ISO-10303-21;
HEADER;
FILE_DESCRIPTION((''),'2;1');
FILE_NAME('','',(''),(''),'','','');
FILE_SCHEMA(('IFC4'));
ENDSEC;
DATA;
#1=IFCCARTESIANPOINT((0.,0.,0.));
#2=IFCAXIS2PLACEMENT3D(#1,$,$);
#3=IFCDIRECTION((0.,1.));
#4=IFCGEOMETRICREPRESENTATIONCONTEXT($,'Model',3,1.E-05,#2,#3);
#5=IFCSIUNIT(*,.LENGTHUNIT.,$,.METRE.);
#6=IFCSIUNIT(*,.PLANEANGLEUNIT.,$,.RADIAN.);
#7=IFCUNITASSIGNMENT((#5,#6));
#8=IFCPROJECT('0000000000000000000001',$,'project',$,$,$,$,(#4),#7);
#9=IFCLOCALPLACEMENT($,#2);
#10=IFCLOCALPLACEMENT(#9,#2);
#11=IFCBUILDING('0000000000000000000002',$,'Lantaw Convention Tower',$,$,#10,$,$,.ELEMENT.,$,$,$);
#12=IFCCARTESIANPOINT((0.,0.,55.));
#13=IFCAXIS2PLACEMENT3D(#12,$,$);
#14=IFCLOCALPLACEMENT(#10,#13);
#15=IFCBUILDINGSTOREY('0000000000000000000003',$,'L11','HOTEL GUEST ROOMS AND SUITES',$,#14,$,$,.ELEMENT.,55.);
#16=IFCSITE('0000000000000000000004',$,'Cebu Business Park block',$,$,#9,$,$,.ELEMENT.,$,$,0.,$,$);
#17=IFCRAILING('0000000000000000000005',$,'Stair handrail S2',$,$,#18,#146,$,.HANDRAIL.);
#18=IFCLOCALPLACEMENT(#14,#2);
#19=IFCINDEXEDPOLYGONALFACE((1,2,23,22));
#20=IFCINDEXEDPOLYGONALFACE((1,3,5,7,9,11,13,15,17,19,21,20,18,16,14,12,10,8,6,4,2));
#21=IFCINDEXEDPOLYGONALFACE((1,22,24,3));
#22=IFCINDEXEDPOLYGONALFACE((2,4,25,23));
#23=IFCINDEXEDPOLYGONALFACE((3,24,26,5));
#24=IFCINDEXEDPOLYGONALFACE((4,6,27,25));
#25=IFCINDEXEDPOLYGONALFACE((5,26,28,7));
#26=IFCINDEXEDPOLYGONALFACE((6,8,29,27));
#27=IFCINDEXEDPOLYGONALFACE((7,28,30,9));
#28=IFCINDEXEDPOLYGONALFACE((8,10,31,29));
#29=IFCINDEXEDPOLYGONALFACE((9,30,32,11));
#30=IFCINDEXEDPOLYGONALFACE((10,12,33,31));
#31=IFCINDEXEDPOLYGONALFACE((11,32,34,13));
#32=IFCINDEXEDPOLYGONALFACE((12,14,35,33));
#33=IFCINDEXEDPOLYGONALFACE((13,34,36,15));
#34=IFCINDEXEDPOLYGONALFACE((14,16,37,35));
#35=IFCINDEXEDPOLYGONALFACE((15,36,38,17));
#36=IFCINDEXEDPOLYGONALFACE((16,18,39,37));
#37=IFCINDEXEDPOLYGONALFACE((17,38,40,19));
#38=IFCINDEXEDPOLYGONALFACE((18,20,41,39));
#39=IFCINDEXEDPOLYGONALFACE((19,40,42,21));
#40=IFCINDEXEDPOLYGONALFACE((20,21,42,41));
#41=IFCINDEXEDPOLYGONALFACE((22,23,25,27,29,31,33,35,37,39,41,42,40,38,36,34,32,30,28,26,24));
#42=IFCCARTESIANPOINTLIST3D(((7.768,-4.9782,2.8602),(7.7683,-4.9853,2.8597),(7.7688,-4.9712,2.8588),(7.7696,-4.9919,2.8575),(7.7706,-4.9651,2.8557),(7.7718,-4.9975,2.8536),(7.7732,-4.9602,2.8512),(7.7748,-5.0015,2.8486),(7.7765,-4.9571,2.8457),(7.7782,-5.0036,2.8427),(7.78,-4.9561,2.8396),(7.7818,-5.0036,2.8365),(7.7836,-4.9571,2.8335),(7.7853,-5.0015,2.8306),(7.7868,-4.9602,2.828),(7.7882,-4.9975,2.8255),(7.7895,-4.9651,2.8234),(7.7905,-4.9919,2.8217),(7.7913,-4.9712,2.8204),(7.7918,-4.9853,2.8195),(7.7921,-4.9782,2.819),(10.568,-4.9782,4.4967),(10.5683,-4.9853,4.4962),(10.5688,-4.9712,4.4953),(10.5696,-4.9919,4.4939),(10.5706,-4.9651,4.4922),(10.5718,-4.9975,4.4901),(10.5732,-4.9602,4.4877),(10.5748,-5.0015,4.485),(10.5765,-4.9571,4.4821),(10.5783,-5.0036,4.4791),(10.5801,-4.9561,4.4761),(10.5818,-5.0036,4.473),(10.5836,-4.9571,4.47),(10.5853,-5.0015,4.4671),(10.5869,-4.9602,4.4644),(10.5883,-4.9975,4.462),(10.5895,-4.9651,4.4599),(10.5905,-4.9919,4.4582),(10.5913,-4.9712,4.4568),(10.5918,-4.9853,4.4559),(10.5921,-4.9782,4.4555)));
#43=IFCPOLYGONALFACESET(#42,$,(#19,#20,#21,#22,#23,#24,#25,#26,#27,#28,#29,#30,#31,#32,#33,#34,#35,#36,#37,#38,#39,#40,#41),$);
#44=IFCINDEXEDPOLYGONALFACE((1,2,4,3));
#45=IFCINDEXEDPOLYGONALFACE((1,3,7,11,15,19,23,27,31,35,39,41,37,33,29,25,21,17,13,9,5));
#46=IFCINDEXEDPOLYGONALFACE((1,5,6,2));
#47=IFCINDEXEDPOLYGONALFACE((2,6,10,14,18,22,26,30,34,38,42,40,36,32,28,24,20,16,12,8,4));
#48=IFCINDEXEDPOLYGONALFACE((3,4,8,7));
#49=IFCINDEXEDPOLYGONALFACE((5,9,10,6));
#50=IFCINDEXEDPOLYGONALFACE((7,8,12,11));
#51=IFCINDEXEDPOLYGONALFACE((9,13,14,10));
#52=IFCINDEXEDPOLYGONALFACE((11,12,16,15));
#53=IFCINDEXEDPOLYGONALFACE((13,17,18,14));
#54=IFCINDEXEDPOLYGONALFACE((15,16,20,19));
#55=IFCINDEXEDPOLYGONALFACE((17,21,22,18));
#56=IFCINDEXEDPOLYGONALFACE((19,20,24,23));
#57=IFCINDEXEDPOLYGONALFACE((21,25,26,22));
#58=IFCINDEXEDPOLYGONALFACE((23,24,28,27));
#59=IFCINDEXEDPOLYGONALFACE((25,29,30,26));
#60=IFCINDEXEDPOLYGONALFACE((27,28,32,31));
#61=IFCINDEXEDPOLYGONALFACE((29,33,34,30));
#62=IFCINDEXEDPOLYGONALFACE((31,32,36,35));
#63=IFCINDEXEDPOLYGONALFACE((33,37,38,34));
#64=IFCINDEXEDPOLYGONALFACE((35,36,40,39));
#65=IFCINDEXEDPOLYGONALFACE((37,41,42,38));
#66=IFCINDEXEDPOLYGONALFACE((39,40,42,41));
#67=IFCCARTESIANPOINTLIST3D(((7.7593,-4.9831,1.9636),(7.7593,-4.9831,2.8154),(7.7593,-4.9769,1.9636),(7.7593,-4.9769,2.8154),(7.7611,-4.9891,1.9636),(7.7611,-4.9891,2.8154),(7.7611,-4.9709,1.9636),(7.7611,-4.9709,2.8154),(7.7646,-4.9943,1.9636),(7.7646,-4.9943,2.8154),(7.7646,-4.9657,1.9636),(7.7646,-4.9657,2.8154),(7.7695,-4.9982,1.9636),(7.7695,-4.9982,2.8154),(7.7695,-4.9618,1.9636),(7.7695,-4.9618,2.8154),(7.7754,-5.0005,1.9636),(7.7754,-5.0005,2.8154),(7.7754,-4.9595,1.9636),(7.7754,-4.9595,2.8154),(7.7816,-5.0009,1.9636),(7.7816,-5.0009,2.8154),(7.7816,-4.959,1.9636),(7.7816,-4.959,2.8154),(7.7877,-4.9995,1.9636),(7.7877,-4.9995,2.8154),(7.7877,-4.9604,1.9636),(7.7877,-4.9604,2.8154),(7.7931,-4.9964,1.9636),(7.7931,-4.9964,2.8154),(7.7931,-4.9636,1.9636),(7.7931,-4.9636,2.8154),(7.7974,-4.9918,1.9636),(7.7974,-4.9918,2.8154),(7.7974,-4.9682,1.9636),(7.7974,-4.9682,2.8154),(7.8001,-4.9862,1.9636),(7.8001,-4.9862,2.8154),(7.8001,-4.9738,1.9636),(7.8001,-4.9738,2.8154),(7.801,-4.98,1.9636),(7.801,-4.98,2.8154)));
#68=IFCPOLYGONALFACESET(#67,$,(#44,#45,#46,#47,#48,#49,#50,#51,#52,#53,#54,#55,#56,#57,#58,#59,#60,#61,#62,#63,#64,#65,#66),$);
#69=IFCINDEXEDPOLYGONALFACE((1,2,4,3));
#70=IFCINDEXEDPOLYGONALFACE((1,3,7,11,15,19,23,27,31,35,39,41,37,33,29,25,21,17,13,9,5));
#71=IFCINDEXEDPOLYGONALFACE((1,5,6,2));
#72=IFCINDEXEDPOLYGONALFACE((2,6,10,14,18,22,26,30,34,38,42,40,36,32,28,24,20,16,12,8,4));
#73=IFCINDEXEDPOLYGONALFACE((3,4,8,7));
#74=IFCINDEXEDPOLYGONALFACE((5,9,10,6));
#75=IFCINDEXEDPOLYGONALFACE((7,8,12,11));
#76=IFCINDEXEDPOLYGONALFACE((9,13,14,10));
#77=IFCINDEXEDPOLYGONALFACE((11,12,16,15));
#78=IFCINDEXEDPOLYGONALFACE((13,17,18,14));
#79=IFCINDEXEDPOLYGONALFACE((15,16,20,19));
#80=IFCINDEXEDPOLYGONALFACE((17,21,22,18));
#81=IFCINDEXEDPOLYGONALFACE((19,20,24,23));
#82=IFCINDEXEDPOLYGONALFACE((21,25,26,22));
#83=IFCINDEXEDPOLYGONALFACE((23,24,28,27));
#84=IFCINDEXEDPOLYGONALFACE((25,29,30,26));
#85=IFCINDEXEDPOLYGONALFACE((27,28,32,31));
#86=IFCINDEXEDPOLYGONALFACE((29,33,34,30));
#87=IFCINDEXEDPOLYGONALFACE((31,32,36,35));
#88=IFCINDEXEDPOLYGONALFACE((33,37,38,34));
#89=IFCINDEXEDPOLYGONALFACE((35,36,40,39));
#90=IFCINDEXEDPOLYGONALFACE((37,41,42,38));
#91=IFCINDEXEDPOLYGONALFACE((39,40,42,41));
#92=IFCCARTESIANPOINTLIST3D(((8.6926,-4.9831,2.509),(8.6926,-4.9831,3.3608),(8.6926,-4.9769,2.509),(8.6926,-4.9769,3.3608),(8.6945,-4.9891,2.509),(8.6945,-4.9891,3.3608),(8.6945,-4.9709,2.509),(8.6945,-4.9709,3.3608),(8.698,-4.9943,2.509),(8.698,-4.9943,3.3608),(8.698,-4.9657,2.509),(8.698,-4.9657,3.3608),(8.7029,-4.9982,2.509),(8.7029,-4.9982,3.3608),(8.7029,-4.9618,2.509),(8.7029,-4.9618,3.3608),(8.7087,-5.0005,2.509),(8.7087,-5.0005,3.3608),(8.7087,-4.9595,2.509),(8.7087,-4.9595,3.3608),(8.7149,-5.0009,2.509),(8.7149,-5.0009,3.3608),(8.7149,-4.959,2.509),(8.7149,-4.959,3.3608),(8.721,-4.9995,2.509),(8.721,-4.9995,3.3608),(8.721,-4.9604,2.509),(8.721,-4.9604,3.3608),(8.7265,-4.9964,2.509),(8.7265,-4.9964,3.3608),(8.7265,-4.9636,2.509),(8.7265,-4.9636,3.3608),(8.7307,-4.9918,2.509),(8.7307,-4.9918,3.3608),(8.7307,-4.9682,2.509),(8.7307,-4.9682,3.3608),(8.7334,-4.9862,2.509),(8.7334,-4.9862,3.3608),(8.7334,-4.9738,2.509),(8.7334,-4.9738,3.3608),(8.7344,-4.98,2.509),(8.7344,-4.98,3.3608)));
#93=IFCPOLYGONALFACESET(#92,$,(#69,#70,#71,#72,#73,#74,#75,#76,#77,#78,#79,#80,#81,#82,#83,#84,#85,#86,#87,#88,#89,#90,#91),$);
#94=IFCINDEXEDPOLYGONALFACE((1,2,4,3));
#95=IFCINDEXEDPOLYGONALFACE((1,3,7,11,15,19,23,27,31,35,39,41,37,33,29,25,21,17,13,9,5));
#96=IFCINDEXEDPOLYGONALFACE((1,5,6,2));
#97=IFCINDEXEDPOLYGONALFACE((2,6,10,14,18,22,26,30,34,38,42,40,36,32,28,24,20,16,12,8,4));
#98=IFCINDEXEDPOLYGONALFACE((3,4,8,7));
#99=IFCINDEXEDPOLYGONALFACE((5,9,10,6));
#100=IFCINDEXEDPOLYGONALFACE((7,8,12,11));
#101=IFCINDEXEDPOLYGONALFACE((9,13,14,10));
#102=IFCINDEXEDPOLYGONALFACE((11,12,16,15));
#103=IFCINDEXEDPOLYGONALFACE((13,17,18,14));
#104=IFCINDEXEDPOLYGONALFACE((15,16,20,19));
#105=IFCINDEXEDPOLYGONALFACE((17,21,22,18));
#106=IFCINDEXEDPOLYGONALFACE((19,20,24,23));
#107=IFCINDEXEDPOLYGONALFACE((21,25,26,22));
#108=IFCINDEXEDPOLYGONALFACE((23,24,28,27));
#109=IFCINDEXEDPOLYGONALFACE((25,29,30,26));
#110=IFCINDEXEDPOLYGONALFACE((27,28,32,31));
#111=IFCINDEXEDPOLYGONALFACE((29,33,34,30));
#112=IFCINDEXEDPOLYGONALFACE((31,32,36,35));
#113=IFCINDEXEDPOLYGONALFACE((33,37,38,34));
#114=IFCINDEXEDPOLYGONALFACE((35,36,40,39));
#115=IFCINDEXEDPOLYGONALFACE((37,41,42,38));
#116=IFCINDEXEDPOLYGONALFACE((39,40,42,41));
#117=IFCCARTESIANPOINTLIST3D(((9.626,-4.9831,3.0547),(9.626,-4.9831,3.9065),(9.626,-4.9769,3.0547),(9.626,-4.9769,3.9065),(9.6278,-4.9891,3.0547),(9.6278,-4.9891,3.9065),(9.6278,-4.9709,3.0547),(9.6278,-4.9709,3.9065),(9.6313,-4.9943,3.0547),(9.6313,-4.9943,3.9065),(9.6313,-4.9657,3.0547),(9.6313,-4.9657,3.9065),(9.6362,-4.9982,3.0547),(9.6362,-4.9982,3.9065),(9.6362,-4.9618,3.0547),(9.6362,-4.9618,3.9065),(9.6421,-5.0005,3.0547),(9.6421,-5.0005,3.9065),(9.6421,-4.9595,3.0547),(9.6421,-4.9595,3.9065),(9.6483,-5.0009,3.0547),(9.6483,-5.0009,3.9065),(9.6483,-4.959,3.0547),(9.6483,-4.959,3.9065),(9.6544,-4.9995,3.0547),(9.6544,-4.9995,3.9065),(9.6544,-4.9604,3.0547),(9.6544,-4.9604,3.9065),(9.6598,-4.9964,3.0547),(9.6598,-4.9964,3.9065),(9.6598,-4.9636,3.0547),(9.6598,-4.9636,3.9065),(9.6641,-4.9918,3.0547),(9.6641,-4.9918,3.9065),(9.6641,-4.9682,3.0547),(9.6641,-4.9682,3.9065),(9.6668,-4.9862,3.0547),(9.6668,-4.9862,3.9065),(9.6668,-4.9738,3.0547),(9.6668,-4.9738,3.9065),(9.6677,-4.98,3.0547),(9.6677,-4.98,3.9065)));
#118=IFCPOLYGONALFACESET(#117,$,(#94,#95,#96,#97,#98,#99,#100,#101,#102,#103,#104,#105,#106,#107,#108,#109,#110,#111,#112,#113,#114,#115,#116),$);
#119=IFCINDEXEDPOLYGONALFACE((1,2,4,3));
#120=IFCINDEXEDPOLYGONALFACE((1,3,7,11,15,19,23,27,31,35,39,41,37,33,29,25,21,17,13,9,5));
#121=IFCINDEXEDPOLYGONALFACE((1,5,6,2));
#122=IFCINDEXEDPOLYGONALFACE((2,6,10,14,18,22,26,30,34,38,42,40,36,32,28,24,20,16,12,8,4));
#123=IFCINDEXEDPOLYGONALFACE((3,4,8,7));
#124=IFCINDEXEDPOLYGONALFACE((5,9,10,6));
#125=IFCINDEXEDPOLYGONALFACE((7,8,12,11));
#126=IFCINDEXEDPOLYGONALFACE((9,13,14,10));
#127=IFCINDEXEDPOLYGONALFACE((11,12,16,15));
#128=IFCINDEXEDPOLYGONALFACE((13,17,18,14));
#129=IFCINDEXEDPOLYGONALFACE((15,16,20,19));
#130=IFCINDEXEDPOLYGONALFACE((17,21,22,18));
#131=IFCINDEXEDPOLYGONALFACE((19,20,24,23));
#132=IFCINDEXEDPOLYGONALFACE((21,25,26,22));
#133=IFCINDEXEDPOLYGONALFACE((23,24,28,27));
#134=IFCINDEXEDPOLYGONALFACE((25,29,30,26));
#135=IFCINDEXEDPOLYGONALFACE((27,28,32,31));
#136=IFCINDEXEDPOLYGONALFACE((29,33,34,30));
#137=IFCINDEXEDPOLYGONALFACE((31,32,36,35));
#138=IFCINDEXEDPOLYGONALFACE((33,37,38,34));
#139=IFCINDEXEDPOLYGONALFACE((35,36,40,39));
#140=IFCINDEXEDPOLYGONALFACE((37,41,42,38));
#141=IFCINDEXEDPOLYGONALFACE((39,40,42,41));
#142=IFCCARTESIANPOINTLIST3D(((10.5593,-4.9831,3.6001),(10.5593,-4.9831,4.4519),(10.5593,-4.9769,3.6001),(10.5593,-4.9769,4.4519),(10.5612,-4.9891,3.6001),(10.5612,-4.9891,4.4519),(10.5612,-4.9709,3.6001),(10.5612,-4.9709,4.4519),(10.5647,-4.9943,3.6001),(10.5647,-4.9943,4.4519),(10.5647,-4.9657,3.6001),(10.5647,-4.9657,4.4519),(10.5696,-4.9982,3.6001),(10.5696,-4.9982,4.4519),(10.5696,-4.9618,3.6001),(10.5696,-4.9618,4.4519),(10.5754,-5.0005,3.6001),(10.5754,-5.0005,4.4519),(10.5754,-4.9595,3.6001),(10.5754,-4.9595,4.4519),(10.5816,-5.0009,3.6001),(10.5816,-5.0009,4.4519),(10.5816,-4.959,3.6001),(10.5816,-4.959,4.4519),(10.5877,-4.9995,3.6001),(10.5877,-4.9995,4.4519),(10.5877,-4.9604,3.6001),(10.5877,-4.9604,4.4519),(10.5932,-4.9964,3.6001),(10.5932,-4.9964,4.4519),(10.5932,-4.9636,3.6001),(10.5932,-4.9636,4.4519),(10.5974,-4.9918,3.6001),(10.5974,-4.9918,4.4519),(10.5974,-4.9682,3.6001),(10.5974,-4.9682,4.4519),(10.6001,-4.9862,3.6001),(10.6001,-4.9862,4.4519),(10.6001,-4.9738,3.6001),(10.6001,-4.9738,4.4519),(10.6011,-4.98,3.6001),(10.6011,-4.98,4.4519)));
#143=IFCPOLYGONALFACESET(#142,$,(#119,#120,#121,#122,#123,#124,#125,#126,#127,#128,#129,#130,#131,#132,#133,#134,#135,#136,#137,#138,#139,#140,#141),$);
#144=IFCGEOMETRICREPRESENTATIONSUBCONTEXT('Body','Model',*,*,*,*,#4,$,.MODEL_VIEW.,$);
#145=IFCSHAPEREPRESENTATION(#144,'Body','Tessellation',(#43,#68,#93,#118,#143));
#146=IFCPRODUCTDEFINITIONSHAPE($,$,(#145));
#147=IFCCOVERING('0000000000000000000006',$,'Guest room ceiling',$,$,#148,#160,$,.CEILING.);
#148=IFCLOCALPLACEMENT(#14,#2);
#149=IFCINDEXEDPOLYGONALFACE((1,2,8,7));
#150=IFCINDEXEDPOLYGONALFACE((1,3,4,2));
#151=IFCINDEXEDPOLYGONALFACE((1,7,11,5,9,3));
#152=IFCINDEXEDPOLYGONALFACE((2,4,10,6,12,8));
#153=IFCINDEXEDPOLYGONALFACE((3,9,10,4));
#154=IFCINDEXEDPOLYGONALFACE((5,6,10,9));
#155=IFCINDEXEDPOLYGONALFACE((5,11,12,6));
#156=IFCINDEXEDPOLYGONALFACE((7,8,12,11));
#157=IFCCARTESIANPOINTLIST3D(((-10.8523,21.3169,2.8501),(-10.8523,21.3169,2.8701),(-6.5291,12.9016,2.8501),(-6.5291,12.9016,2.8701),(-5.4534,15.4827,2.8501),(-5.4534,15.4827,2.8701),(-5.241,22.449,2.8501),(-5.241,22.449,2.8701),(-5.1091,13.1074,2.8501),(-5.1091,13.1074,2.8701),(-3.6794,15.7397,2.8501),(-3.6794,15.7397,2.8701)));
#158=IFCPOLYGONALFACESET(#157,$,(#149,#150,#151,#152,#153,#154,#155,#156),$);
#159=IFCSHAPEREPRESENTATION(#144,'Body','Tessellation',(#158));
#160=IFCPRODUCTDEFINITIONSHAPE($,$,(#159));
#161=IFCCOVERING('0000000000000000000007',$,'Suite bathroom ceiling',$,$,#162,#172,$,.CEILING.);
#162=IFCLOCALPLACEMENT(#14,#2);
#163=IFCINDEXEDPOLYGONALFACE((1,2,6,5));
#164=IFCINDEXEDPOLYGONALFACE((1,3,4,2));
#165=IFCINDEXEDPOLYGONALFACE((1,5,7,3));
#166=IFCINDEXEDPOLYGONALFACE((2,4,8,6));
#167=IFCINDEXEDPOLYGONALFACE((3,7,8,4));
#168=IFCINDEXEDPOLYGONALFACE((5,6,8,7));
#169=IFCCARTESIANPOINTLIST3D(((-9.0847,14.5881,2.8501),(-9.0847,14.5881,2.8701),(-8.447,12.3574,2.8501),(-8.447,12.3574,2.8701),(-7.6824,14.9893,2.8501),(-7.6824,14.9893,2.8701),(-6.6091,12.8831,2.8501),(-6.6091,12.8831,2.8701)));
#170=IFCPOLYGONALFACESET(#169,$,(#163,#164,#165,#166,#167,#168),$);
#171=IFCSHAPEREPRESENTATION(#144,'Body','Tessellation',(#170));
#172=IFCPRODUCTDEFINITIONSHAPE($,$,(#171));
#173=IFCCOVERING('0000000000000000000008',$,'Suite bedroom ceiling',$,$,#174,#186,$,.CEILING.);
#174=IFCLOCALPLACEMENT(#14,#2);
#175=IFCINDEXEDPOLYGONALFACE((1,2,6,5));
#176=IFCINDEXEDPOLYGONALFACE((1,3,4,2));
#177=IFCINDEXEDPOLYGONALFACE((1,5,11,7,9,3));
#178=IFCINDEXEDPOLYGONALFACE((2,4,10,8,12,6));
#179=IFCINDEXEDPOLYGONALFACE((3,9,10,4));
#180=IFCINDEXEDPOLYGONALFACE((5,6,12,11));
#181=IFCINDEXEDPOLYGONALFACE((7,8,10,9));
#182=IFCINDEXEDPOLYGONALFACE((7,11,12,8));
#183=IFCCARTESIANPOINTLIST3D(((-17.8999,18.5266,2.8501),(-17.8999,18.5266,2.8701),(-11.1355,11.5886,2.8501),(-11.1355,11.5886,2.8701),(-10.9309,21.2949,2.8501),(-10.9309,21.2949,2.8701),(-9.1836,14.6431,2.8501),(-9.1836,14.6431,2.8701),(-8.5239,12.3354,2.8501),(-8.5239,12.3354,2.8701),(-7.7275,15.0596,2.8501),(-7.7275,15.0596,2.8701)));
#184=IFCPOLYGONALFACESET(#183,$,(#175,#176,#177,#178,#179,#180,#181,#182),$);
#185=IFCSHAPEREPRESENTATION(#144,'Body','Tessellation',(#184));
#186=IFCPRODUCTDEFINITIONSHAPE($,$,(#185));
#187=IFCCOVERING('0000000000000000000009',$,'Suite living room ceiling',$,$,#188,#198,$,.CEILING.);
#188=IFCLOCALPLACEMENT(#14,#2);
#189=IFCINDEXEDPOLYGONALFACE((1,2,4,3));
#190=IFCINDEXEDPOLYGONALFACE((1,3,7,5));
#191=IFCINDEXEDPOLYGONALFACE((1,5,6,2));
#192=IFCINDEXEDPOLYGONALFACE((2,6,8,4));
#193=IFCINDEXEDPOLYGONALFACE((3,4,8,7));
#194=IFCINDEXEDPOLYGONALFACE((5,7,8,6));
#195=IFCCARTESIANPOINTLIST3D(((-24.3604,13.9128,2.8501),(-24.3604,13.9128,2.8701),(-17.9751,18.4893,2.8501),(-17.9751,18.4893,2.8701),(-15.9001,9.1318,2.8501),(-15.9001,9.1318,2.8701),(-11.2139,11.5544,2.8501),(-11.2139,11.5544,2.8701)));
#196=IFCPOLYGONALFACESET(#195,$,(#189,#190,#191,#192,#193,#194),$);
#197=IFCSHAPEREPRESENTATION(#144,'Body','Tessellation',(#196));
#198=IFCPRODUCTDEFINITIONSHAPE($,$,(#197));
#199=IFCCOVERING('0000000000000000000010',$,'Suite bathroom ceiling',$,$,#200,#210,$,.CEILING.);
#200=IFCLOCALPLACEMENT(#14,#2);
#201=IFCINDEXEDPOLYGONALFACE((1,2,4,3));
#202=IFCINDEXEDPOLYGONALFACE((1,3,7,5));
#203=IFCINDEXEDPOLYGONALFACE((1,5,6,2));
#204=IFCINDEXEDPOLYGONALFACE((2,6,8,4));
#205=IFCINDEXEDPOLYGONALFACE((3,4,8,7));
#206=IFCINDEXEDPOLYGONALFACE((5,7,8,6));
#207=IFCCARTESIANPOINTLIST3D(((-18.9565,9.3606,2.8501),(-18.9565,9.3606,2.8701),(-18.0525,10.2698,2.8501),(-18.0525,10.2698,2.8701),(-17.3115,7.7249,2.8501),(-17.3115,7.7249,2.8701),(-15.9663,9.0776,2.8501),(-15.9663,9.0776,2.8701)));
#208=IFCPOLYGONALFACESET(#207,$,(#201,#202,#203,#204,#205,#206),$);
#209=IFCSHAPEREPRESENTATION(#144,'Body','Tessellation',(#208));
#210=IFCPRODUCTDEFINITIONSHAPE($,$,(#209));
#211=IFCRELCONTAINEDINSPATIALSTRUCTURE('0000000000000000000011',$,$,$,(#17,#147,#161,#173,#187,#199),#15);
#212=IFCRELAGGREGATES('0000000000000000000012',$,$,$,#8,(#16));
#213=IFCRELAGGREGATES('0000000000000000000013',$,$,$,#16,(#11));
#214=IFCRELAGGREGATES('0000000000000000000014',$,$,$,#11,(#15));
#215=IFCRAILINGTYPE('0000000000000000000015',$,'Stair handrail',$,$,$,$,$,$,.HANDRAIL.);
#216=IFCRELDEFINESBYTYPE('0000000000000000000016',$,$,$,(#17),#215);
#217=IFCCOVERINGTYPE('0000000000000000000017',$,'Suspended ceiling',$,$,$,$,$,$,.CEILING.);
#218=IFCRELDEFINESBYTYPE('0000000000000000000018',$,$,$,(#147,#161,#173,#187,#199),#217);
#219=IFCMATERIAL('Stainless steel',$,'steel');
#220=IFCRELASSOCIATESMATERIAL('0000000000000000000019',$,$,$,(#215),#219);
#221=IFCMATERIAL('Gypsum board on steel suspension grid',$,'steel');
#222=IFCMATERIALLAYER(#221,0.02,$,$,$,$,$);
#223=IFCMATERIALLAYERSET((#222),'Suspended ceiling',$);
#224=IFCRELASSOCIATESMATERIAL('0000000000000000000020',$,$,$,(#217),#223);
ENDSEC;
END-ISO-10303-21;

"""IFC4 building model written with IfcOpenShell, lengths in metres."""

from ifc_helpers import new_model, si_unit, direction, frame, origin, origin_2d, place, context, subcontext, project, spatial, polyline, circle, outline, extrude, material, layer, layer_set, type_object, element, save


model = new_model("IFC4")

# Units and contexts
model_context = context("Model", 3, precision=1e-05, world=origin(), true_north=direction((0.0, 1.0)))
body_context = subcontext(model_context, "Body", "Model", "MODEL_VIEW")
ifc_project = project(units=[si_unit("LENGTHUNIT", "METRE"), si_unit("PLANEANGLEUNIT", "RADIAN")], contexts=[model_context])

# Site, building, storey
site_placement = place(None, origin())
site = spatial("IfcSite", under=ifc_project, at=site_placement, Name="Cebu Business Park block", CompositionType="ELEMENT", RefElevation=0.0)
building_placement = place(site_placement, origin())
building = spatial("IfcBuilding", under=site, at=building_placement, Name="Lantaw Convention Tower", CompositionType="ELEMENT")
storey_placement = place(building_placement, frame((0.0, 0.0, 55.0)))
storey = spatial("IfcBuildingStorey", under=building, at=storey_placement, Name="L11", Description="HOTEL GUEST ROOMS AND SUITES", CompositionType="ELEMENT", Elevation=55.0)

# Railing
ifc_material_1 = material(Name="Stainless steel", Category="steel")
railing_type = type_object("IfcRailingType", Name="Stair handrail", PredefinedType="HANDRAIL", material=ifc_material_1)
railing_placement = place(storey_placement, frame((7.78, -4.98, 1.9636)))
element("IfcRailing", 1, at=railing_placement, inside=storey, type_object=railing_type, Name="Stair handrail S2", PredefinedType="HANDRAIL", context=body_context, shape_type="SweptSolid", body=[
    extrude(circle(Radius=0.0239, at=origin_2d()), frame((0.0, 0.0, 0.876), z_axis=(0.863361, 0.0, 0.504587), x_axis=(0.0, 1.0, 0.0)), (0.0, 0.0, 1.0), 3.2432),
    extrude(circle(Radius=0.021, at=origin_2d()), origin(), (0.0, 0.0, 1.0), 0.8518),
    extrude(circle(Radius=0.021, at=origin_2d()), frame((0.9333, 0.0, 0.5454)), (0.0, 0.0, 1.0), 0.8518),
    extrude(circle(Radius=0.021, at=origin_2d()), frame((1.8667, 0.0, 1.0911)), (0.0, 0.0, 1.0), 0.8518),
    extrude(circle(Radius=0.021, at=origin_2d()), frame((2.8, 0.0, 1.6365)), (0.0, 0.0, 1.0), 0.8518),
])

# Coverings
ifc_material_2 = material(Name="Gypsum board on steel suspension grid", Category="steel")
ifc_layer_1 = layer(ifc_material_2, 0.02)
ifc_layer_set_1 = layer_set([ifc_layer_1], Name="Suspended ceiling")
covering_type = type_object("IfcCoveringType", Name="Suspended ceiling", PredefinedType="CEILING", material=ifc_layer_set_1)
covering_1_placement = place(storey_placement, frame((0.0, 0.0, 2.8501)))
element("IfcCovering", 2, at=covering_1_placement, inside=storey, type_object=covering_type, Name="Guest room ceiling", PredefinedType="CEILING", context=body_context, shape_type="SweptSolid", body=[
    extrude(outline(polyline([(-6.5291, 12.9016), (-5.1091, 13.1074), (-5.4534, 15.4827), (-3.6794, 15.7397), (-5.241, 22.449), (-10.8523, 21.3169), (-6.5291, 12.9016)])), origin(), (0.0, 0.0, 1.0), 0.02),
])
covering_2_placement = place(storey_placement, frame((0.0, 0.0, 2.8501)))
element("IfcCovering", 3, at=covering_2_placement, inside=storey, type_object=covering_type, Name="Suite bathroom ceiling", PredefinedType="CEILING", context=body_context, shape_type="SweptSolid", body=[
    extrude(outline(polyline([(-6.6091, 12.8831), (-7.6824, 14.9893), (-9.0847, 14.5881), (-8.447, 12.3574), (-6.6091, 12.8831)])), origin(), (0.0, 0.0, 1.0), 0.02),
])
covering_3_placement = place(storey_placement, frame((0.0, 0.0, 2.8501)))
element("IfcCovering", 4, at=covering_3_placement, inside=storey, type_object=covering_type, Name="Suite bedroom ceiling", PredefinedType="CEILING", context=body_context, shape_type="SweptSolid", body=[
    extrude(outline(polyline([(-11.1355, 11.5886), (-8.5239, 12.3354), (-9.1836, 14.6431), (-7.7275, 15.0596), (-10.9309, 21.2949), (-17.8999, 18.5266), (-11.1355, 11.5886)])), origin(), (0.0, 0.0, 1.0), 0.02),
])
covering_4_placement = place(storey_placement, frame((0.0, 0.0, 2.8501)))
element("IfcCovering", 5, at=covering_4_placement, inside=storey, type_object=covering_type, Name="Suite living room ceiling", PredefinedType="CEILING", context=body_context, shape_type="SweptSolid", body=[
    extrude(outline(polyline([(-11.2139, 11.5544), (-17.9751, 18.4893), (-24.3604, 13.9128), (-15.9001, 9.1318), (-11.2139, 11.5544)])), origin(), (0.0, 0.0, 1.0), 0.02),
])
covering_5_placement = place(storey_placement, frame((0.0, 0.0, 2.8501)))
element("IfcCovering", 6, at=covering_5_placement, inside=storey, type_object=covering_type, Name="Suite bathroom ceiling", PredefinedType="CEILING", context=body_context, shape_type="SweptSolid", body=[
    extrude(outline(polyline([(-15.9663, 9.0776), (-18.0525, 10.2698), (-18.9565, 9.3606), (-17.3115, 7.7249), (-15.9663, 9.0776)])), origin(), (0.0, 0.0, 1.0), 0.02),
])

save(model, "model.ifc")
